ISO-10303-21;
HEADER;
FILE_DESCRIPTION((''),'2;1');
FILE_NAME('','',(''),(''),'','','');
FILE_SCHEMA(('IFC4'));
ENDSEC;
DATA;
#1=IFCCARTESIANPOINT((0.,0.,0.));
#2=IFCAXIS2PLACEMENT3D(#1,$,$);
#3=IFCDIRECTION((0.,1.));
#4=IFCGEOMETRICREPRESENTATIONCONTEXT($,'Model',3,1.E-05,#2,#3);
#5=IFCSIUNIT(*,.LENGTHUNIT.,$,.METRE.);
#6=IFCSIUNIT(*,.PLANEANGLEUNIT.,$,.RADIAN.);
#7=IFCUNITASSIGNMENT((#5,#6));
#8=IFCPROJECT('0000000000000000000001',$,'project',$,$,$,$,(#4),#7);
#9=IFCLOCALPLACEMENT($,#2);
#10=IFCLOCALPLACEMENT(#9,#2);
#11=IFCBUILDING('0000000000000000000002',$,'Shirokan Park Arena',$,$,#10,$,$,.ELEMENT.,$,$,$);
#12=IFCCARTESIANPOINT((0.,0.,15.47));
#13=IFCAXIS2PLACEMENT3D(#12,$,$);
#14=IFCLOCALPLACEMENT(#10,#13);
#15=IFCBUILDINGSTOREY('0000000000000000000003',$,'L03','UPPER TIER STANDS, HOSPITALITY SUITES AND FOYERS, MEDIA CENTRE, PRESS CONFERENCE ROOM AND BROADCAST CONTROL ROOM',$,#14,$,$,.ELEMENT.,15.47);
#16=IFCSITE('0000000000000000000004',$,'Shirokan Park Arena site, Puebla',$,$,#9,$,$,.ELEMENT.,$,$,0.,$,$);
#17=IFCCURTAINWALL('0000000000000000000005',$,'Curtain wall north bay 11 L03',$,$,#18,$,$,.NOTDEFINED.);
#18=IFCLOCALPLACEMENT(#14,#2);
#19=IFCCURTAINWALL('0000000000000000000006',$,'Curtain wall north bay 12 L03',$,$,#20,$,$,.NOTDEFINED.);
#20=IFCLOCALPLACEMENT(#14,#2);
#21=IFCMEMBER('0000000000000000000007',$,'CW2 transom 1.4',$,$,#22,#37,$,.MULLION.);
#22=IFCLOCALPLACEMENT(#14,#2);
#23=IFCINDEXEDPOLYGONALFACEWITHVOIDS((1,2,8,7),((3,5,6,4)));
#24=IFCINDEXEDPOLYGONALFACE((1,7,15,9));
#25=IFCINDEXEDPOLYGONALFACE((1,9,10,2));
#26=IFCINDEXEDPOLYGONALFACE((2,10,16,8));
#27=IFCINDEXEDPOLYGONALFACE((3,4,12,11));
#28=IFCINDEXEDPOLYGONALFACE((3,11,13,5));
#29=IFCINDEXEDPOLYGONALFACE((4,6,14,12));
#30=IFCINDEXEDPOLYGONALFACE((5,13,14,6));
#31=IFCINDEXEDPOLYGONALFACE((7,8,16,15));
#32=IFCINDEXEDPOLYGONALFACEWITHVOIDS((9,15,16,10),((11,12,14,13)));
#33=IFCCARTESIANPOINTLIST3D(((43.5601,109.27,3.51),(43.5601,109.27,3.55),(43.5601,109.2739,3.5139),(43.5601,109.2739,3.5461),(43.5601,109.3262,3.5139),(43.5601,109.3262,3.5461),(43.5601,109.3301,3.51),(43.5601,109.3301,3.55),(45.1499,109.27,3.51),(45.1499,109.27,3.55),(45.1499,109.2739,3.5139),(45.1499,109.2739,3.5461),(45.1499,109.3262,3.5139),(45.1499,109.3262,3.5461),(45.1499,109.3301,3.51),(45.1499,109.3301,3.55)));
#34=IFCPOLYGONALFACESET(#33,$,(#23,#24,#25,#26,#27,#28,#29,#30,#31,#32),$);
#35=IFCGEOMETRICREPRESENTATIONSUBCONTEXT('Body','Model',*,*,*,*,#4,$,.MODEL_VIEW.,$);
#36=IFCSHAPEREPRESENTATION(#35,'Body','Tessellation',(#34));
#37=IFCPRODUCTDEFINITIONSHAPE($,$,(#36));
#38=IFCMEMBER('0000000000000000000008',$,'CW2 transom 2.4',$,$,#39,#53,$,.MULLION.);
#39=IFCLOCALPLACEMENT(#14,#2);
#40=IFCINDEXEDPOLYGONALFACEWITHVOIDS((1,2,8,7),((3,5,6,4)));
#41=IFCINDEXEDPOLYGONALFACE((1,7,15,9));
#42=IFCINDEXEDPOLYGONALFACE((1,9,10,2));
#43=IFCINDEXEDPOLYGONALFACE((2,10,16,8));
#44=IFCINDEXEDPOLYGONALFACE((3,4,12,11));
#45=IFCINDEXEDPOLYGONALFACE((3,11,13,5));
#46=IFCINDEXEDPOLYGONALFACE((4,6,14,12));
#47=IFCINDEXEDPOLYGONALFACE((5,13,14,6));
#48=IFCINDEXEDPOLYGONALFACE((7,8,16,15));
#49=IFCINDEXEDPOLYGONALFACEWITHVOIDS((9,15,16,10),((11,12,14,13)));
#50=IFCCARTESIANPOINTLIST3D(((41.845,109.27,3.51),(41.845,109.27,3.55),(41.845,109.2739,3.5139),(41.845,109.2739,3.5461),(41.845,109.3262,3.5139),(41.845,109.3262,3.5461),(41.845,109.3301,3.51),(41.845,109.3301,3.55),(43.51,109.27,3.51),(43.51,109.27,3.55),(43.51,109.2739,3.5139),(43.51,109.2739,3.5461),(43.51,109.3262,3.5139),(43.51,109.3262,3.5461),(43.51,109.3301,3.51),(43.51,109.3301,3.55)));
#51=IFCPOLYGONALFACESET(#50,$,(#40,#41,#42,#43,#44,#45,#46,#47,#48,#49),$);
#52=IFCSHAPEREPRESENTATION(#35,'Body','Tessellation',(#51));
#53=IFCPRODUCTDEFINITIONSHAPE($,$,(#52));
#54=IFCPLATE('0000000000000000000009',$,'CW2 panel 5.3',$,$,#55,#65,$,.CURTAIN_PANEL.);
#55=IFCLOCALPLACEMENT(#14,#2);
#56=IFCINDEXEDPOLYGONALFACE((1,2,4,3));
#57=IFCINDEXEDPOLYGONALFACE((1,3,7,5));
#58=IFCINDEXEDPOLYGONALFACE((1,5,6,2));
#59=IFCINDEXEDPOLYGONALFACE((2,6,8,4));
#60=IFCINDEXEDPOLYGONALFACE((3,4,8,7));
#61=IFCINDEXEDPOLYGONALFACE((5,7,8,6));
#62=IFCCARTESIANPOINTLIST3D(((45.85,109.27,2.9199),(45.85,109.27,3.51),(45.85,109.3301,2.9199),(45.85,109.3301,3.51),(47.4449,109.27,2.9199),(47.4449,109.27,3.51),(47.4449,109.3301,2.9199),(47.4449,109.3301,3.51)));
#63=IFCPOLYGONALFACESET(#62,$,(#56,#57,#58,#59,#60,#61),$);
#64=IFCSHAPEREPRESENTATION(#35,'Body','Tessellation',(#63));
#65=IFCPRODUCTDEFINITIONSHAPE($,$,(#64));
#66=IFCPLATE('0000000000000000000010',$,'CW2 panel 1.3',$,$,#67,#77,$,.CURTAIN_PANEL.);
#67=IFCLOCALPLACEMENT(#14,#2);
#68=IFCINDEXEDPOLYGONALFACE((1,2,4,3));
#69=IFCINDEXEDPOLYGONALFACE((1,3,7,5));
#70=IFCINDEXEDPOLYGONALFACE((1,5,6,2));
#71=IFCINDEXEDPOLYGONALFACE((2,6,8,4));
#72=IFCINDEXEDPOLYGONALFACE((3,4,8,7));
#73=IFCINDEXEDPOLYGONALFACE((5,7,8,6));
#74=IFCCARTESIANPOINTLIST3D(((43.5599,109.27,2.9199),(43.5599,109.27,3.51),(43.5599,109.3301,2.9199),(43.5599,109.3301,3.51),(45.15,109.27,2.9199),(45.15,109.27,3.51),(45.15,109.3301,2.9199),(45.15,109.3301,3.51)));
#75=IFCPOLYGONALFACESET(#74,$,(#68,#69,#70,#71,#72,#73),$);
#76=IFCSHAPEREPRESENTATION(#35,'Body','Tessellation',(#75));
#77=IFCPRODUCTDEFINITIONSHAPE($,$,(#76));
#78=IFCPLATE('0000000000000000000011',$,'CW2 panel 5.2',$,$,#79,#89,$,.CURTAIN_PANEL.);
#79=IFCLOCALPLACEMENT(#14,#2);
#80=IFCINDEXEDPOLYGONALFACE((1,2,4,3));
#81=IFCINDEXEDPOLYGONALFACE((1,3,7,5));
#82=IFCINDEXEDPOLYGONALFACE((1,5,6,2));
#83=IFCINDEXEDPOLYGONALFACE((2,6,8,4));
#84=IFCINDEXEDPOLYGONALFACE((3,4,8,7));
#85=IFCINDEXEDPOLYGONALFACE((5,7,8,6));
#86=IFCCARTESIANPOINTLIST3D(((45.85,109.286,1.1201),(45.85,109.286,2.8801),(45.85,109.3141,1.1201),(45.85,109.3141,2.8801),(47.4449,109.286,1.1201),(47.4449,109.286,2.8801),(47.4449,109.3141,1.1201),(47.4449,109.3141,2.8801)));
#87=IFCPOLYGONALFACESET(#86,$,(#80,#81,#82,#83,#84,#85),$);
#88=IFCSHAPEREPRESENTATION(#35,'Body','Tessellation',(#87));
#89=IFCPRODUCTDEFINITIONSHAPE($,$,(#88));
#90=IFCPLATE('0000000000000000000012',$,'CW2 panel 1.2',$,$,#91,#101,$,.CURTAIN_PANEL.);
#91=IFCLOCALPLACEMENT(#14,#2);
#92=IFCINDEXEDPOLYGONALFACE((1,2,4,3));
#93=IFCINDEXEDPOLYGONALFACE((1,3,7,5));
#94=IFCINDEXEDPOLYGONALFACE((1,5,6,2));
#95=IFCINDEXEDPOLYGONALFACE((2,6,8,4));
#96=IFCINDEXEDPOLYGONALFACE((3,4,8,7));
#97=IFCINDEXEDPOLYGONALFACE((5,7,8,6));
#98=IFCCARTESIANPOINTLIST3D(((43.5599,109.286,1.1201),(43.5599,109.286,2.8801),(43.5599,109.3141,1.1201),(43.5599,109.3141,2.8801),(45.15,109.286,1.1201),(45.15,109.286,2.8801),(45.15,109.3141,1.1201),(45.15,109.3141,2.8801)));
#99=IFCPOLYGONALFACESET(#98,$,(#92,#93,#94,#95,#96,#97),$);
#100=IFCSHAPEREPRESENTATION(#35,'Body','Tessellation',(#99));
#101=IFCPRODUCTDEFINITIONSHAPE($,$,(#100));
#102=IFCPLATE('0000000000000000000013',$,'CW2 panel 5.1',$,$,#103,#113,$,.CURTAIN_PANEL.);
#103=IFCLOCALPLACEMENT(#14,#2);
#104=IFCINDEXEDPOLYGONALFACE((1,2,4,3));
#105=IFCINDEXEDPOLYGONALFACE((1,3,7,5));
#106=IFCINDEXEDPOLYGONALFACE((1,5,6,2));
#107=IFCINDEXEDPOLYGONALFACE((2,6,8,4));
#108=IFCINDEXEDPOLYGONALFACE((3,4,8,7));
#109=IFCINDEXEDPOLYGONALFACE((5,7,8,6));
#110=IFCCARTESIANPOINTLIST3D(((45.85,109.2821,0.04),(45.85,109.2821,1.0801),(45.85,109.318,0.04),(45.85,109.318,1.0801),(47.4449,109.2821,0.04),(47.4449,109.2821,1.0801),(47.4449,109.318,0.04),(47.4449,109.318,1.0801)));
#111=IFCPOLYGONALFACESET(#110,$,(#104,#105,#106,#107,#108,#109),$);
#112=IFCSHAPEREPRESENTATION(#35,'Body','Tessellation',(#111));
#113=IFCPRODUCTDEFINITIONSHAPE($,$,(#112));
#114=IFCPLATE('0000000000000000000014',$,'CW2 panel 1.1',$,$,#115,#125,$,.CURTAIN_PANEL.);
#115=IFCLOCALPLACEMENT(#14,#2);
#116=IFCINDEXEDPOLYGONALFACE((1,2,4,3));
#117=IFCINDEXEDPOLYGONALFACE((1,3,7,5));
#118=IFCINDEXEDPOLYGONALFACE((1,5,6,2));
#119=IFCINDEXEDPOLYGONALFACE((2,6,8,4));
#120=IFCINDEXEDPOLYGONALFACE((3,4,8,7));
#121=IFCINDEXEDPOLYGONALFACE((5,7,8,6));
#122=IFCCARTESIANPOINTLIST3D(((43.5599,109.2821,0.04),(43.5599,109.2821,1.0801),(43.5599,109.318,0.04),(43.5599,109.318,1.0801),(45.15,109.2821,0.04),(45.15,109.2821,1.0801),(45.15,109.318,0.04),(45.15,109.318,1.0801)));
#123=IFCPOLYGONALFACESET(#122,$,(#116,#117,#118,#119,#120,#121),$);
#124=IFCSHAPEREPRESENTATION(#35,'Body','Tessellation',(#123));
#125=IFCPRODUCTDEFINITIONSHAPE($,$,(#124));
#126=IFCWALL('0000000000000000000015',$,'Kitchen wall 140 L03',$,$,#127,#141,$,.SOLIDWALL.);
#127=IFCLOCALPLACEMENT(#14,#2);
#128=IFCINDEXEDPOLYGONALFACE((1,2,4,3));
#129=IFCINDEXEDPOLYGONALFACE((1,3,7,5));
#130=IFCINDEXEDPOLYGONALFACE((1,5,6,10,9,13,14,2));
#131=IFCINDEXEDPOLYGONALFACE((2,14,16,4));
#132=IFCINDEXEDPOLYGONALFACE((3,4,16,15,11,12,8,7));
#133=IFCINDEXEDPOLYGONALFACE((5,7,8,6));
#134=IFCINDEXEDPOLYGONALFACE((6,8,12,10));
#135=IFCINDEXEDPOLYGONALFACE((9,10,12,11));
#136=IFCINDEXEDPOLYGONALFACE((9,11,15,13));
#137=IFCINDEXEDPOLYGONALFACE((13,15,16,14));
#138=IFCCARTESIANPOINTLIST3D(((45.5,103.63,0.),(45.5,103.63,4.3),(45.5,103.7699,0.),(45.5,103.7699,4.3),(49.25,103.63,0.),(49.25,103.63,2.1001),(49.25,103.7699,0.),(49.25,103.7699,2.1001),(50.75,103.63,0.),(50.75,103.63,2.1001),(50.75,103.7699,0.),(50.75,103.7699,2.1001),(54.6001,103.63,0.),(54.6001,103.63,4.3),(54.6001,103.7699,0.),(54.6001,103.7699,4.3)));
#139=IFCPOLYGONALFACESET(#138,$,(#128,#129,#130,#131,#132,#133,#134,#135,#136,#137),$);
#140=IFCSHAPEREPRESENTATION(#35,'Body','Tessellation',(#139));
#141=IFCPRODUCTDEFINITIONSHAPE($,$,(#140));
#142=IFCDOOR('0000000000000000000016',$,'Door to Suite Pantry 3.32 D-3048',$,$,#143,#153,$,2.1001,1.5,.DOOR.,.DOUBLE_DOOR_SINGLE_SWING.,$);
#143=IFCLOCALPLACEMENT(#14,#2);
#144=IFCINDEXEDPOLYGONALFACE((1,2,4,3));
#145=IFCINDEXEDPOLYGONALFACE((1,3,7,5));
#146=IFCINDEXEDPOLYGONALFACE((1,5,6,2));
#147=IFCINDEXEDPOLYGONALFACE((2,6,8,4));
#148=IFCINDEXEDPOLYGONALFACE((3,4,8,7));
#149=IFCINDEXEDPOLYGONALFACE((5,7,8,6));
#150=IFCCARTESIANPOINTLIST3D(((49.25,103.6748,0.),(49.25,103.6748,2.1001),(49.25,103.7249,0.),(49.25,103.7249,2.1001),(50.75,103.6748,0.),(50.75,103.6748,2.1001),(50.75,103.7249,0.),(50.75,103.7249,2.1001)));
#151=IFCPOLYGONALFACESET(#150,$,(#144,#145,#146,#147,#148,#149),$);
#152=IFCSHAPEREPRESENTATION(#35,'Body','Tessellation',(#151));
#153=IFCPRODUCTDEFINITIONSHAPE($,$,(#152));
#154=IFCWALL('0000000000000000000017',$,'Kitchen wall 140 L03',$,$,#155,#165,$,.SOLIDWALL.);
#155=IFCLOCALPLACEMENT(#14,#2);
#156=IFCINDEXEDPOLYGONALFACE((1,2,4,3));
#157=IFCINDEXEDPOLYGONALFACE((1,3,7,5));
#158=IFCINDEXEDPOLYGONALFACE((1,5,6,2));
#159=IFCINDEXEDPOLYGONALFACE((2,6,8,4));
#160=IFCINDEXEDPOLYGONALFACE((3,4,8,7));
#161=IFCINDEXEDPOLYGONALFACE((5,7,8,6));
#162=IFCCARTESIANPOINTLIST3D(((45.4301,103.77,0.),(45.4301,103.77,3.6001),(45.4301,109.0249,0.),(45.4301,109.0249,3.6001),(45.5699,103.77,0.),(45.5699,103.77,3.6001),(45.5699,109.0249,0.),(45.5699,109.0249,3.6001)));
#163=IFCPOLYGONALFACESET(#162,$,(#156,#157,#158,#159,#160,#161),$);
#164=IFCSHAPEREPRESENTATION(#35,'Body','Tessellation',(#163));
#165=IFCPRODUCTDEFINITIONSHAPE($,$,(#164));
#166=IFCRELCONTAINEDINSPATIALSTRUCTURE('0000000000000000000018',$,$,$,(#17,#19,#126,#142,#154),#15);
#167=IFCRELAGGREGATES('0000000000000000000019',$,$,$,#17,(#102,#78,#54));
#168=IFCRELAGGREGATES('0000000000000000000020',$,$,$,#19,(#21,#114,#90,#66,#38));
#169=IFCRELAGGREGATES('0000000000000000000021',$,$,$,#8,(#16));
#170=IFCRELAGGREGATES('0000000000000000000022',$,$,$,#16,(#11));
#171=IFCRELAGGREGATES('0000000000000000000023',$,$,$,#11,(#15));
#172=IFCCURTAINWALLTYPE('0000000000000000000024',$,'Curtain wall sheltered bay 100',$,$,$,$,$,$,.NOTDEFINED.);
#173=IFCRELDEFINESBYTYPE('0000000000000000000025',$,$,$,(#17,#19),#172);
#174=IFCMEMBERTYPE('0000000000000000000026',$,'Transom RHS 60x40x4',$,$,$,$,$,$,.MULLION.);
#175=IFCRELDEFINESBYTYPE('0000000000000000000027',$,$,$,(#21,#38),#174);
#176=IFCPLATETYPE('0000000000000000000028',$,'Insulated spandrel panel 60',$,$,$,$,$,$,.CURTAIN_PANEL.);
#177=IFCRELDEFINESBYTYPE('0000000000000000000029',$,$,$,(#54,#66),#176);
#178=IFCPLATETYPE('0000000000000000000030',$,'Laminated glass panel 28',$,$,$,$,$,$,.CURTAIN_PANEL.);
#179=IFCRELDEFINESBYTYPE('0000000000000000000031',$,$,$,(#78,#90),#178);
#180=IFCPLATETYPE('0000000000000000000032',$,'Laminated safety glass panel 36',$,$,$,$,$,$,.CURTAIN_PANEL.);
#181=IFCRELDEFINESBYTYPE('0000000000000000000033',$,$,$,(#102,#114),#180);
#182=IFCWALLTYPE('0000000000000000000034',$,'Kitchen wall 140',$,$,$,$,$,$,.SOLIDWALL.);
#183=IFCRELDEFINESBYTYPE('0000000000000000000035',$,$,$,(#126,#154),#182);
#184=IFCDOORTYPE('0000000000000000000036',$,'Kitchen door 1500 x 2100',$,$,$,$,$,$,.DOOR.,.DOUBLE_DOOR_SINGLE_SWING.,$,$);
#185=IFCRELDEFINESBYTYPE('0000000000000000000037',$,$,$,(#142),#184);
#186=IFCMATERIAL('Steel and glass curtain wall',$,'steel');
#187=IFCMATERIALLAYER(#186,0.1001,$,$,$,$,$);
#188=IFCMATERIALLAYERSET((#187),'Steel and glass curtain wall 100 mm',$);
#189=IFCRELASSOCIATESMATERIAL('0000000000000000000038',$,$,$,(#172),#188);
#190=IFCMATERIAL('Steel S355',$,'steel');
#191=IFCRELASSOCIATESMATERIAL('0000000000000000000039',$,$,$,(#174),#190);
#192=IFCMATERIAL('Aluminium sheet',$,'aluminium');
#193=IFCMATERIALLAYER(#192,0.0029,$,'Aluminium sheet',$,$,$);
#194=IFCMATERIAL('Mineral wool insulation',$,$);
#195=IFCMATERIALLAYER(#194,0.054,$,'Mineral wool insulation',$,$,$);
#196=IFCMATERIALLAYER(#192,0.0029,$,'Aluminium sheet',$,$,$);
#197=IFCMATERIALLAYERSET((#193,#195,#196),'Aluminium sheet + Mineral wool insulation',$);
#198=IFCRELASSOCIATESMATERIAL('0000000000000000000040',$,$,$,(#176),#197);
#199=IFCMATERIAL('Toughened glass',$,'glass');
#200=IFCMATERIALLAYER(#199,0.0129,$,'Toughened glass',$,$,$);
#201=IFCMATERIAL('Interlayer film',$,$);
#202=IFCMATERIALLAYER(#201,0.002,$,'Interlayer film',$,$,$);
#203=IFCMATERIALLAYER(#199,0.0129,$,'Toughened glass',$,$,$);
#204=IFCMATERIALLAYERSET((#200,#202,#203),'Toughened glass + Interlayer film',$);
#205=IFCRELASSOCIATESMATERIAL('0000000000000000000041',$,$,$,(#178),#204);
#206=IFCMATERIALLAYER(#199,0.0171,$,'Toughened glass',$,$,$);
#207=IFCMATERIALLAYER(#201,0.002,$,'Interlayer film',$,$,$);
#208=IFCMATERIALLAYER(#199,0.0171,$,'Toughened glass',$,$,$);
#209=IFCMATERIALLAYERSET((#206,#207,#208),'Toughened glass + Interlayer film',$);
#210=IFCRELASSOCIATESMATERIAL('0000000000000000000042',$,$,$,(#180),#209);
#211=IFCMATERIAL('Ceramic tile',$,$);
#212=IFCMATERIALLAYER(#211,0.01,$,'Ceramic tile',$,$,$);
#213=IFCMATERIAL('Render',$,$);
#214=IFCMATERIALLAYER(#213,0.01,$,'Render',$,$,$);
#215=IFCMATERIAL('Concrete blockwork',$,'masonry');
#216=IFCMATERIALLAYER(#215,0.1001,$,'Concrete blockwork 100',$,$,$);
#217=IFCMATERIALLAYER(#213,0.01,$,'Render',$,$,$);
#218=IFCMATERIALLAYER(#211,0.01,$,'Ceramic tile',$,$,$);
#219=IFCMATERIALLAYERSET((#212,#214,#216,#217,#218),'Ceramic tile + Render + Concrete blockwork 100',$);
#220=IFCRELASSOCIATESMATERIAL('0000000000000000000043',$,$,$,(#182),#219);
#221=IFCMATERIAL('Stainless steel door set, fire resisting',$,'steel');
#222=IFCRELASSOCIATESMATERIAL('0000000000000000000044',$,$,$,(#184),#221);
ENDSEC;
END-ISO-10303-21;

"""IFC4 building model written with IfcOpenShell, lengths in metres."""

from ifc_helpers import new_model, si_unit, direction, frame, frame_2d, origin, origin_2d, place, context, subcontext, project, spatial, rectangle, hollow_rectangle, extrude, material, layer, layer_set, material_profile, profile_set, type_object, element, fill, aggregate, save


model = new_model("IFC4")

# Units and contexts
model_context = context("Model", 3, precision=1e-05, world=origin(), true_north=direction((0.0, 1.0)))
body_context = subcontext(model_context, "Body", "Model", "MODEL_VIEW")
ifc_project = project(units=[si_unit("LENGTHUNIT", "METRE"), si_unit("PLANEANGLEUNIT", "RADIAN")], contexts=[model_context])

# Site, building, storey
site_placement = place(None, origin())
site = spatial("IfcSite", under=ifc_project, at=site_placement, Name="Shirokan Park Arena site, Puebla", CompositionType="ELEMENT", RefElevation=0.0)
building_placement = place(site_placement, origin())
building = spatial("IfcBuilding", under=site, at=building_placement, Name="Shirokan Park Arena", CompositionType="ELEMENT")
storey_placement = place(building_placement, frame((0.0, 0.0, 15.47)))
storey = spatial("IfcBuildingStorey", under=building, at=storey_placement, Name="L03", Description="UPPER TIER STANDS, HOSPITALITY SUITES AND FOYERS, MEDIA CENTRE, PRESS CONFERENCE ROOM AND BROADCAST CONTROL ROOM", CompositionType="ELEMENT", Elevation=15.47)

# Curtain wall
ifc_material_1 = material(Name="Steel and glass curtain wall", Category="steel")
ifc_layer_1 = layer(ifc_material_1, 0.1001)
ifc_layer_set_1 = layer_set([ifc_layer_1], Name="Steel and glass curtain wall 100 mm")
curtain_wall_type = type_object("IfcCurtainWallType", Name="Curtain wall sheltered bay 100", PredefinedType="NOTDEFINED", material=ifc_layer_set_1)
curtain_wall_1_placement = place(storey_placement, origin())
curtain_wall_1 = element("IfcCurtainWall", 1, at=curtain_wall_1_placement, inside=storey, type_object=curtain_wall_type, Name="Curtain wall north bay 11 L03", PredefinedType="NOTDEFINED")
ifc_material_2 = material(Name="Steel S355", Category="steel")

# Curtain wall
curtain_wall_2_placement = place(storey_placement, origin())
curtain_wall_2 = element("IfcCurtainWall", 2, at=curtain_wall_2_placement, inside=storey, type_object=curtain_wall_type, Name="Curtain wall north bay 12 L03", PredefinedType="NOTDEFINED")

# Members
ifc_material_profile_1 = material_profile(ifc_material_2, hollow_rectangle(XDim=0.0601, YDim=0.04, WallThickness=0.0039, at=origin_2d()), Name="RHS 60x40x4")
ifc_profile_set_1 = profile_set([ifc_material_profile_1], Name="Steel S355")
member_type_1 = type_object("IfcMemberType", Name="Transom RHS 60x40x4", PredefinedType="MULLION", material=ifc_profile_set_1)
member_1_placement = place(storey_placement, frame((45.1499, 109.3, 3.53), z_axis=(-1.0, 0.0, 0.0), x_axis=(0.0, -1.0, 0.0)))
member_1 = element("IfcMember", 3, at=member_1_placement, type_object=member_type_1, Name="CW2 transom 1.4", PredefinedType="MULLION", context=body_context, shape_type="SweptSolid", body=[
    extrude(hollow_rectangle(XDim=0.0601, YDim=0.04, WallThickness=0.0039, at=origin_2d()), origin(), (0.0, 0.0, 1.0), 1.5898),
])
member_2_placement = place(storey_placement, frame((43.51, 109.3, 3.53), z_axis=(-1.0, 0.0, 0.0), x_axis=(0.0, -1.0, 0.0)))
member_2 = element("IfcMember", 4, at=member_2_placement, type_object=member_type_1, Name="CW2 transom 2.4", PredefinedType="MULLION", context=body_context, shape_type="SweptSolid", body=[
    extrude(hollow_rectangle(XDim=0.0601, YDim=0.04, WallThickness=0.0039, at=origin_2d()), origin(), (0.0, 0.0, 1.0), 1.665),
])

# Plates
ifc_material_3 = material(Name="Aluminium sheet", Category="aluminium")
ifc_layer_2 = layer(ifc_material_3, 0.0029, Name="Aluminium sheet")
ifc_material_4 = material(Name="Mineral wool insulation")
ifc_layer_3 = layer(ifc_material_4, 0.054, Name="Mineral wool insulation")
ifc_layer_4 = layer(ifc_material_3, 0.0029, Name="Aluminium sheet")
ifc_layer_set_2 = layer_set([ifc_layer_2, ifc_layer_3, ifc_layer_4], Name="Aluminium sheet + Mineral wool insulation")
plate_type_1 = type_object("IfcPlateType", Name="Insulated spandrel panel 60", PredefinedType="CURTAIN_PANEL", material=ifc_layer_set_2)
plate_1_placement = place(storey_placement, frame((46.6475, 109.3, 2.9199), z_axis=(0.0, 0.0, 1.0), x_axis=(-1.0, 0.0, 0.0)))
plate_1 = element("IfcPlate", 5, at=plate_1_placement, type_object=plate_type_1, Name="CW2 panel 5.3", PredefinedType="CURTAIN_PANEL", context=body_context, shape_type="SweptSolid", body=[
    extrude(rectangle(XDim=1.595, YDim=0.0601, at=origin_2d()), origin(), (0.0, 0.0, 1.0), 0.5901),
])
plate_2_placement = place(storey_placement, frame((44.355, 109.3, 2.9199), z_axis=(0.0, 0.0, 1.0), x_axis=(-1.0, 0.0, 0.0)))
plate_2 = element("IfcPlate", 6, at=plate_2_placement, type_object=plate_type_1, Name="CW2 panel 1.3", PredefinedType="CURTAIN_PANEL", context=body_context, shape_type="SweptSolid", body=[
    extrude(rectangle(XDim=1.5901, YDim=0.0601, at=origin_2d()), origin(), (0.0, 0.0, 1.0), 0.5901),
])
ifc_material_5 = material(Name="Toughened glass", Category="glass")
ifc_layer_5 = layer(ifc_material_5, 0.0129, Name="Toughened glass")
ifc_material_6 = material(Name="Interlayer film")
ifc_layer_6 = layer(ifc_material_6, 0.002, Name="Interlayer film")
ifc_layer_7 = layer(ifc_material_5, 0.0129, Name="Toughened glass")
ifc_layer_set_3 = layer_set([ifc_layer_5, ifc_layer_6, ifc_layer_7], Name="Toughened glass + Interlayer film")
plate_type_2 = type_object("IfcPlateType", Name="Laminated glass panel 28", PredefinedType="CURTAIN_PANEL", material=ifc_layer_set_3)
plate_3_placement = place(storey_placement, frame((46.6475, 109.3, 1.1201), z_axis=(0.0, 0.0, 1.0), x_axis=(-1.0, 0.0, 0.0)))
plate_3 = element("IfcPlate", 7, at=plate_3_placement, type_object=plate_type_2, Name="CW2 panel 5.2", PredefinedType="CURTAIN_PANEL", context=body_context, shape_type="SweptSolid", body=[
    extrude(rectangle(XDim=1.595, YDim=0.0281, at=origin_2d()), origin(), (0.0, 0.0, 1.0), 1.76),
])
plate_4_placement = place(storey_placement, frame((44.355, 109.3, 1.1201), z_axis=(0.0, 0.0, 1.0), x_axis=(-1.0, 0.0, 0.0)))
plate_4 = element("IfcPlate", 8, at=plate_4_placement, type_object=plate_type_2, Name="CW2 panel 1.2", PredefinedType="CURTAIN_PANEL", context=body_context, shape_type="SweptSolid", body=[
    extrude(rectangle(XDim=1.5901, YDim=0.0281, at=origin_2d()), origin(), (0.0, 0.0, 1.0), 1.76),
])
ifc_layer_8 = layer(ifc_material_5, 0.0171, Name="Toughened glass")
ifc_layer_9 = layer(ifc_material_6, 0.002, Name="Interlayer film")
ifc_layer_10 = layer(ifc_material_5, 0.0171, Name="Toughened glass")
ifc_layer_set_4 = layer_set([ifc_layer_8, ifc_layer_9, ifc_layer_10], Name="Toughened glass + Interlayer film")
plate_type_3 = type_object("IfcPlateType", Name="Laminated safety glass panel 36", PredefinedType="CURTAIN_PANEL", material=ifc_layer_set_4)
plate_5_placement = place(storey_placement, frame((46.6475, 109.3, 0.04), z_axis=(0.0, 0.0, 1.0), x_axis=(-1.0, 0.0, 0.0)))
plate_5 = element("IfcPlate", 9, at=plate_5_placement, type_object=plate_type_3, Name="CW2 panel 5.1", PredefinedType="CURTAIN_PANEL", context=body_context, shape_type="SweptSolid", body=[
    extrude(rectangle(XDim=1.595, YDim=0.0359, at=origin_2d()), origin(), (0.0, 0.0, 1.0), 1.04),
])
aggregate(curtain_wall_1, [plate_5, plate_3, plate_1])
plate_6_placement = place(storey_placement, frame((44.355, 109.3, 0.04), z_axis=(0.0, 0.0, 1.0), x_axis=(-1.0, 0.0, 0.0)))
plate_6 = element("IfcPlate", 10, at=plate_6_placement, type_object=plate_type_3, Name="CW2 panel 1.1", PredefinedType="CURTAIN_PANEL", context=body_context, shape_type="SweptSolid", body=[
    extrude(rectangle(XDim=1.5901, YDim=0.0359, at=origin_2d()), origin(), (0.0, 0.0, 1.0), 1.04),
])
aggregate(curtain_wall_2, [member_1, plate_6, plate_4, plate_2, member_2])

# Wall, opening, door
ifc_material_7 = material(Name="Ceramic tile")
ifc_layer_11 = layer(ifc_material_7, 0.01, Name="Ceramic tile")
ifc_material_8 = material(Name="Render")
ifc_layer_12 = layer(ifc_material_8, 0.01, Name="Render")
ifc_material_9 = material(Name="Concrete blockwork", Category="masonry")
ifc_layer_13 = layer(ifc_material_9, 0.1001, Name="Concrete blockwork 100")
ifc_layer_14 = layer(ifc_material_8, 0.01, Name="Render")
ifc_layer_15 = layer(ifc_material_7, 0.01, Name="Ceramic tile")
ifc_layer_set_5 = layer_set([ifc_layer_11, ifc_layer_12, ifc_layer_13, ifc_layer_14, ifc_layer_15], Name="Ceramic tile + Render + Concrete blockwork 100")
wall_type_1 = type_object("IfcWallType", Name="Kitchen wall 140", PredefinedType="SOLIDWALL", material=ifc_layer_set_5)
wall_1_placement = place(storey_placement, frame((45.5, 103.7, 0.0), z_axis=(0.0, 0.0, 1.0), x_axis=(1.0, 0.0, 0.0)))
wall_1 = element("IfcWall", 11, at=wall_1_placement, inside=storey, type_object=wall_type_1, Name="Kitchen wall 140 L03", PredefinedType="SOLIDWALL", context=body_context, shape_type="SweptSolid", body=[
    extrude(rectangle(XDim=9.1001, YDim=0.1399, at=frame_2d((4.55, 0.0))), origin(), (0.0, 0.0, 1.0), 4.3),
])
opening_placement = place(wall_1_placement, frame((3.75, 0.0, 0.0)))
opening = element("IfcOpeningElement", 12, at=opening_placement, cuts=wall_1, PredefinedType="OPENING", context=body_context, shape_type="SweptSolid", body=[
    extrude(rectangle(XDim=1.5, YDim=2.1001, at=frame_2d((0.75, 1.05))), frame((0.0, 0.0798, 0.0), z_axis=(0.0, -1.0, 0.0), x_axis=(1.0, 0.0, 0.0)), (0.0, 0.0, 1.0), 0.1599),
])
ifc_material_10 = material(Name="Stainless steel door set, fire resisting", Category="steel")
door_type = type_object("IfcDoorType", Name="Kitchen door 1500 x 2100", OperationType="DOUBLE_DOOR_SINGLE_SWING", PredefinedType="DOOR", material=ifc_material_10)
door_placement = place(opening_placement, origin())
door = element("IfcDoor", 13, at=door_placement, inside=storey, type_object=door_type, Name="Door to Suite Pantry 3.32 D-3048", OperationType="DOUBLE_DOOR_SINGLE_SWING", OverallHeight=2.1001, OverallWidth=1.5, PredefinedType="DOOR", context=body_context, shape_type="SweptSolid", body=[
    extrude(rectangle(XDim=1.5, YDim=2.1001, at=frame_2d((0.75, 1.05))), frame((0.0, 0.0249, 0.0), z_axis=(0.0, -1.0, 0.0), x_axis=(1.0, 0.0, 0.0)), (0.0, 0.0, 1.0), 0.05),
])
fill(opening, door)

# Wall
wall_2_placement = place(storey_placement, frame((45.5, 109.0249, 0.0), z_axis=(0.0, 0.0, 1.0), x_axis=(0.0, -1.0, 0.0)))
element("IfcWall", 14, at=wall_2_placement, inside=storey, type_object=wall_type_1, Name="Kitchen wall 140 L03", PredefinedType="SOLIDWALL", context=body_context, shape_type="SweptSolid", body=[
    extrude(rectangle(XDim=5.2549, YDim=0.1399, at=frame_2d((2.6274, 0.0))), origin(), (0.0, 0.0, 1.0), 3.6001),
])

save(model, "model.ifc")
